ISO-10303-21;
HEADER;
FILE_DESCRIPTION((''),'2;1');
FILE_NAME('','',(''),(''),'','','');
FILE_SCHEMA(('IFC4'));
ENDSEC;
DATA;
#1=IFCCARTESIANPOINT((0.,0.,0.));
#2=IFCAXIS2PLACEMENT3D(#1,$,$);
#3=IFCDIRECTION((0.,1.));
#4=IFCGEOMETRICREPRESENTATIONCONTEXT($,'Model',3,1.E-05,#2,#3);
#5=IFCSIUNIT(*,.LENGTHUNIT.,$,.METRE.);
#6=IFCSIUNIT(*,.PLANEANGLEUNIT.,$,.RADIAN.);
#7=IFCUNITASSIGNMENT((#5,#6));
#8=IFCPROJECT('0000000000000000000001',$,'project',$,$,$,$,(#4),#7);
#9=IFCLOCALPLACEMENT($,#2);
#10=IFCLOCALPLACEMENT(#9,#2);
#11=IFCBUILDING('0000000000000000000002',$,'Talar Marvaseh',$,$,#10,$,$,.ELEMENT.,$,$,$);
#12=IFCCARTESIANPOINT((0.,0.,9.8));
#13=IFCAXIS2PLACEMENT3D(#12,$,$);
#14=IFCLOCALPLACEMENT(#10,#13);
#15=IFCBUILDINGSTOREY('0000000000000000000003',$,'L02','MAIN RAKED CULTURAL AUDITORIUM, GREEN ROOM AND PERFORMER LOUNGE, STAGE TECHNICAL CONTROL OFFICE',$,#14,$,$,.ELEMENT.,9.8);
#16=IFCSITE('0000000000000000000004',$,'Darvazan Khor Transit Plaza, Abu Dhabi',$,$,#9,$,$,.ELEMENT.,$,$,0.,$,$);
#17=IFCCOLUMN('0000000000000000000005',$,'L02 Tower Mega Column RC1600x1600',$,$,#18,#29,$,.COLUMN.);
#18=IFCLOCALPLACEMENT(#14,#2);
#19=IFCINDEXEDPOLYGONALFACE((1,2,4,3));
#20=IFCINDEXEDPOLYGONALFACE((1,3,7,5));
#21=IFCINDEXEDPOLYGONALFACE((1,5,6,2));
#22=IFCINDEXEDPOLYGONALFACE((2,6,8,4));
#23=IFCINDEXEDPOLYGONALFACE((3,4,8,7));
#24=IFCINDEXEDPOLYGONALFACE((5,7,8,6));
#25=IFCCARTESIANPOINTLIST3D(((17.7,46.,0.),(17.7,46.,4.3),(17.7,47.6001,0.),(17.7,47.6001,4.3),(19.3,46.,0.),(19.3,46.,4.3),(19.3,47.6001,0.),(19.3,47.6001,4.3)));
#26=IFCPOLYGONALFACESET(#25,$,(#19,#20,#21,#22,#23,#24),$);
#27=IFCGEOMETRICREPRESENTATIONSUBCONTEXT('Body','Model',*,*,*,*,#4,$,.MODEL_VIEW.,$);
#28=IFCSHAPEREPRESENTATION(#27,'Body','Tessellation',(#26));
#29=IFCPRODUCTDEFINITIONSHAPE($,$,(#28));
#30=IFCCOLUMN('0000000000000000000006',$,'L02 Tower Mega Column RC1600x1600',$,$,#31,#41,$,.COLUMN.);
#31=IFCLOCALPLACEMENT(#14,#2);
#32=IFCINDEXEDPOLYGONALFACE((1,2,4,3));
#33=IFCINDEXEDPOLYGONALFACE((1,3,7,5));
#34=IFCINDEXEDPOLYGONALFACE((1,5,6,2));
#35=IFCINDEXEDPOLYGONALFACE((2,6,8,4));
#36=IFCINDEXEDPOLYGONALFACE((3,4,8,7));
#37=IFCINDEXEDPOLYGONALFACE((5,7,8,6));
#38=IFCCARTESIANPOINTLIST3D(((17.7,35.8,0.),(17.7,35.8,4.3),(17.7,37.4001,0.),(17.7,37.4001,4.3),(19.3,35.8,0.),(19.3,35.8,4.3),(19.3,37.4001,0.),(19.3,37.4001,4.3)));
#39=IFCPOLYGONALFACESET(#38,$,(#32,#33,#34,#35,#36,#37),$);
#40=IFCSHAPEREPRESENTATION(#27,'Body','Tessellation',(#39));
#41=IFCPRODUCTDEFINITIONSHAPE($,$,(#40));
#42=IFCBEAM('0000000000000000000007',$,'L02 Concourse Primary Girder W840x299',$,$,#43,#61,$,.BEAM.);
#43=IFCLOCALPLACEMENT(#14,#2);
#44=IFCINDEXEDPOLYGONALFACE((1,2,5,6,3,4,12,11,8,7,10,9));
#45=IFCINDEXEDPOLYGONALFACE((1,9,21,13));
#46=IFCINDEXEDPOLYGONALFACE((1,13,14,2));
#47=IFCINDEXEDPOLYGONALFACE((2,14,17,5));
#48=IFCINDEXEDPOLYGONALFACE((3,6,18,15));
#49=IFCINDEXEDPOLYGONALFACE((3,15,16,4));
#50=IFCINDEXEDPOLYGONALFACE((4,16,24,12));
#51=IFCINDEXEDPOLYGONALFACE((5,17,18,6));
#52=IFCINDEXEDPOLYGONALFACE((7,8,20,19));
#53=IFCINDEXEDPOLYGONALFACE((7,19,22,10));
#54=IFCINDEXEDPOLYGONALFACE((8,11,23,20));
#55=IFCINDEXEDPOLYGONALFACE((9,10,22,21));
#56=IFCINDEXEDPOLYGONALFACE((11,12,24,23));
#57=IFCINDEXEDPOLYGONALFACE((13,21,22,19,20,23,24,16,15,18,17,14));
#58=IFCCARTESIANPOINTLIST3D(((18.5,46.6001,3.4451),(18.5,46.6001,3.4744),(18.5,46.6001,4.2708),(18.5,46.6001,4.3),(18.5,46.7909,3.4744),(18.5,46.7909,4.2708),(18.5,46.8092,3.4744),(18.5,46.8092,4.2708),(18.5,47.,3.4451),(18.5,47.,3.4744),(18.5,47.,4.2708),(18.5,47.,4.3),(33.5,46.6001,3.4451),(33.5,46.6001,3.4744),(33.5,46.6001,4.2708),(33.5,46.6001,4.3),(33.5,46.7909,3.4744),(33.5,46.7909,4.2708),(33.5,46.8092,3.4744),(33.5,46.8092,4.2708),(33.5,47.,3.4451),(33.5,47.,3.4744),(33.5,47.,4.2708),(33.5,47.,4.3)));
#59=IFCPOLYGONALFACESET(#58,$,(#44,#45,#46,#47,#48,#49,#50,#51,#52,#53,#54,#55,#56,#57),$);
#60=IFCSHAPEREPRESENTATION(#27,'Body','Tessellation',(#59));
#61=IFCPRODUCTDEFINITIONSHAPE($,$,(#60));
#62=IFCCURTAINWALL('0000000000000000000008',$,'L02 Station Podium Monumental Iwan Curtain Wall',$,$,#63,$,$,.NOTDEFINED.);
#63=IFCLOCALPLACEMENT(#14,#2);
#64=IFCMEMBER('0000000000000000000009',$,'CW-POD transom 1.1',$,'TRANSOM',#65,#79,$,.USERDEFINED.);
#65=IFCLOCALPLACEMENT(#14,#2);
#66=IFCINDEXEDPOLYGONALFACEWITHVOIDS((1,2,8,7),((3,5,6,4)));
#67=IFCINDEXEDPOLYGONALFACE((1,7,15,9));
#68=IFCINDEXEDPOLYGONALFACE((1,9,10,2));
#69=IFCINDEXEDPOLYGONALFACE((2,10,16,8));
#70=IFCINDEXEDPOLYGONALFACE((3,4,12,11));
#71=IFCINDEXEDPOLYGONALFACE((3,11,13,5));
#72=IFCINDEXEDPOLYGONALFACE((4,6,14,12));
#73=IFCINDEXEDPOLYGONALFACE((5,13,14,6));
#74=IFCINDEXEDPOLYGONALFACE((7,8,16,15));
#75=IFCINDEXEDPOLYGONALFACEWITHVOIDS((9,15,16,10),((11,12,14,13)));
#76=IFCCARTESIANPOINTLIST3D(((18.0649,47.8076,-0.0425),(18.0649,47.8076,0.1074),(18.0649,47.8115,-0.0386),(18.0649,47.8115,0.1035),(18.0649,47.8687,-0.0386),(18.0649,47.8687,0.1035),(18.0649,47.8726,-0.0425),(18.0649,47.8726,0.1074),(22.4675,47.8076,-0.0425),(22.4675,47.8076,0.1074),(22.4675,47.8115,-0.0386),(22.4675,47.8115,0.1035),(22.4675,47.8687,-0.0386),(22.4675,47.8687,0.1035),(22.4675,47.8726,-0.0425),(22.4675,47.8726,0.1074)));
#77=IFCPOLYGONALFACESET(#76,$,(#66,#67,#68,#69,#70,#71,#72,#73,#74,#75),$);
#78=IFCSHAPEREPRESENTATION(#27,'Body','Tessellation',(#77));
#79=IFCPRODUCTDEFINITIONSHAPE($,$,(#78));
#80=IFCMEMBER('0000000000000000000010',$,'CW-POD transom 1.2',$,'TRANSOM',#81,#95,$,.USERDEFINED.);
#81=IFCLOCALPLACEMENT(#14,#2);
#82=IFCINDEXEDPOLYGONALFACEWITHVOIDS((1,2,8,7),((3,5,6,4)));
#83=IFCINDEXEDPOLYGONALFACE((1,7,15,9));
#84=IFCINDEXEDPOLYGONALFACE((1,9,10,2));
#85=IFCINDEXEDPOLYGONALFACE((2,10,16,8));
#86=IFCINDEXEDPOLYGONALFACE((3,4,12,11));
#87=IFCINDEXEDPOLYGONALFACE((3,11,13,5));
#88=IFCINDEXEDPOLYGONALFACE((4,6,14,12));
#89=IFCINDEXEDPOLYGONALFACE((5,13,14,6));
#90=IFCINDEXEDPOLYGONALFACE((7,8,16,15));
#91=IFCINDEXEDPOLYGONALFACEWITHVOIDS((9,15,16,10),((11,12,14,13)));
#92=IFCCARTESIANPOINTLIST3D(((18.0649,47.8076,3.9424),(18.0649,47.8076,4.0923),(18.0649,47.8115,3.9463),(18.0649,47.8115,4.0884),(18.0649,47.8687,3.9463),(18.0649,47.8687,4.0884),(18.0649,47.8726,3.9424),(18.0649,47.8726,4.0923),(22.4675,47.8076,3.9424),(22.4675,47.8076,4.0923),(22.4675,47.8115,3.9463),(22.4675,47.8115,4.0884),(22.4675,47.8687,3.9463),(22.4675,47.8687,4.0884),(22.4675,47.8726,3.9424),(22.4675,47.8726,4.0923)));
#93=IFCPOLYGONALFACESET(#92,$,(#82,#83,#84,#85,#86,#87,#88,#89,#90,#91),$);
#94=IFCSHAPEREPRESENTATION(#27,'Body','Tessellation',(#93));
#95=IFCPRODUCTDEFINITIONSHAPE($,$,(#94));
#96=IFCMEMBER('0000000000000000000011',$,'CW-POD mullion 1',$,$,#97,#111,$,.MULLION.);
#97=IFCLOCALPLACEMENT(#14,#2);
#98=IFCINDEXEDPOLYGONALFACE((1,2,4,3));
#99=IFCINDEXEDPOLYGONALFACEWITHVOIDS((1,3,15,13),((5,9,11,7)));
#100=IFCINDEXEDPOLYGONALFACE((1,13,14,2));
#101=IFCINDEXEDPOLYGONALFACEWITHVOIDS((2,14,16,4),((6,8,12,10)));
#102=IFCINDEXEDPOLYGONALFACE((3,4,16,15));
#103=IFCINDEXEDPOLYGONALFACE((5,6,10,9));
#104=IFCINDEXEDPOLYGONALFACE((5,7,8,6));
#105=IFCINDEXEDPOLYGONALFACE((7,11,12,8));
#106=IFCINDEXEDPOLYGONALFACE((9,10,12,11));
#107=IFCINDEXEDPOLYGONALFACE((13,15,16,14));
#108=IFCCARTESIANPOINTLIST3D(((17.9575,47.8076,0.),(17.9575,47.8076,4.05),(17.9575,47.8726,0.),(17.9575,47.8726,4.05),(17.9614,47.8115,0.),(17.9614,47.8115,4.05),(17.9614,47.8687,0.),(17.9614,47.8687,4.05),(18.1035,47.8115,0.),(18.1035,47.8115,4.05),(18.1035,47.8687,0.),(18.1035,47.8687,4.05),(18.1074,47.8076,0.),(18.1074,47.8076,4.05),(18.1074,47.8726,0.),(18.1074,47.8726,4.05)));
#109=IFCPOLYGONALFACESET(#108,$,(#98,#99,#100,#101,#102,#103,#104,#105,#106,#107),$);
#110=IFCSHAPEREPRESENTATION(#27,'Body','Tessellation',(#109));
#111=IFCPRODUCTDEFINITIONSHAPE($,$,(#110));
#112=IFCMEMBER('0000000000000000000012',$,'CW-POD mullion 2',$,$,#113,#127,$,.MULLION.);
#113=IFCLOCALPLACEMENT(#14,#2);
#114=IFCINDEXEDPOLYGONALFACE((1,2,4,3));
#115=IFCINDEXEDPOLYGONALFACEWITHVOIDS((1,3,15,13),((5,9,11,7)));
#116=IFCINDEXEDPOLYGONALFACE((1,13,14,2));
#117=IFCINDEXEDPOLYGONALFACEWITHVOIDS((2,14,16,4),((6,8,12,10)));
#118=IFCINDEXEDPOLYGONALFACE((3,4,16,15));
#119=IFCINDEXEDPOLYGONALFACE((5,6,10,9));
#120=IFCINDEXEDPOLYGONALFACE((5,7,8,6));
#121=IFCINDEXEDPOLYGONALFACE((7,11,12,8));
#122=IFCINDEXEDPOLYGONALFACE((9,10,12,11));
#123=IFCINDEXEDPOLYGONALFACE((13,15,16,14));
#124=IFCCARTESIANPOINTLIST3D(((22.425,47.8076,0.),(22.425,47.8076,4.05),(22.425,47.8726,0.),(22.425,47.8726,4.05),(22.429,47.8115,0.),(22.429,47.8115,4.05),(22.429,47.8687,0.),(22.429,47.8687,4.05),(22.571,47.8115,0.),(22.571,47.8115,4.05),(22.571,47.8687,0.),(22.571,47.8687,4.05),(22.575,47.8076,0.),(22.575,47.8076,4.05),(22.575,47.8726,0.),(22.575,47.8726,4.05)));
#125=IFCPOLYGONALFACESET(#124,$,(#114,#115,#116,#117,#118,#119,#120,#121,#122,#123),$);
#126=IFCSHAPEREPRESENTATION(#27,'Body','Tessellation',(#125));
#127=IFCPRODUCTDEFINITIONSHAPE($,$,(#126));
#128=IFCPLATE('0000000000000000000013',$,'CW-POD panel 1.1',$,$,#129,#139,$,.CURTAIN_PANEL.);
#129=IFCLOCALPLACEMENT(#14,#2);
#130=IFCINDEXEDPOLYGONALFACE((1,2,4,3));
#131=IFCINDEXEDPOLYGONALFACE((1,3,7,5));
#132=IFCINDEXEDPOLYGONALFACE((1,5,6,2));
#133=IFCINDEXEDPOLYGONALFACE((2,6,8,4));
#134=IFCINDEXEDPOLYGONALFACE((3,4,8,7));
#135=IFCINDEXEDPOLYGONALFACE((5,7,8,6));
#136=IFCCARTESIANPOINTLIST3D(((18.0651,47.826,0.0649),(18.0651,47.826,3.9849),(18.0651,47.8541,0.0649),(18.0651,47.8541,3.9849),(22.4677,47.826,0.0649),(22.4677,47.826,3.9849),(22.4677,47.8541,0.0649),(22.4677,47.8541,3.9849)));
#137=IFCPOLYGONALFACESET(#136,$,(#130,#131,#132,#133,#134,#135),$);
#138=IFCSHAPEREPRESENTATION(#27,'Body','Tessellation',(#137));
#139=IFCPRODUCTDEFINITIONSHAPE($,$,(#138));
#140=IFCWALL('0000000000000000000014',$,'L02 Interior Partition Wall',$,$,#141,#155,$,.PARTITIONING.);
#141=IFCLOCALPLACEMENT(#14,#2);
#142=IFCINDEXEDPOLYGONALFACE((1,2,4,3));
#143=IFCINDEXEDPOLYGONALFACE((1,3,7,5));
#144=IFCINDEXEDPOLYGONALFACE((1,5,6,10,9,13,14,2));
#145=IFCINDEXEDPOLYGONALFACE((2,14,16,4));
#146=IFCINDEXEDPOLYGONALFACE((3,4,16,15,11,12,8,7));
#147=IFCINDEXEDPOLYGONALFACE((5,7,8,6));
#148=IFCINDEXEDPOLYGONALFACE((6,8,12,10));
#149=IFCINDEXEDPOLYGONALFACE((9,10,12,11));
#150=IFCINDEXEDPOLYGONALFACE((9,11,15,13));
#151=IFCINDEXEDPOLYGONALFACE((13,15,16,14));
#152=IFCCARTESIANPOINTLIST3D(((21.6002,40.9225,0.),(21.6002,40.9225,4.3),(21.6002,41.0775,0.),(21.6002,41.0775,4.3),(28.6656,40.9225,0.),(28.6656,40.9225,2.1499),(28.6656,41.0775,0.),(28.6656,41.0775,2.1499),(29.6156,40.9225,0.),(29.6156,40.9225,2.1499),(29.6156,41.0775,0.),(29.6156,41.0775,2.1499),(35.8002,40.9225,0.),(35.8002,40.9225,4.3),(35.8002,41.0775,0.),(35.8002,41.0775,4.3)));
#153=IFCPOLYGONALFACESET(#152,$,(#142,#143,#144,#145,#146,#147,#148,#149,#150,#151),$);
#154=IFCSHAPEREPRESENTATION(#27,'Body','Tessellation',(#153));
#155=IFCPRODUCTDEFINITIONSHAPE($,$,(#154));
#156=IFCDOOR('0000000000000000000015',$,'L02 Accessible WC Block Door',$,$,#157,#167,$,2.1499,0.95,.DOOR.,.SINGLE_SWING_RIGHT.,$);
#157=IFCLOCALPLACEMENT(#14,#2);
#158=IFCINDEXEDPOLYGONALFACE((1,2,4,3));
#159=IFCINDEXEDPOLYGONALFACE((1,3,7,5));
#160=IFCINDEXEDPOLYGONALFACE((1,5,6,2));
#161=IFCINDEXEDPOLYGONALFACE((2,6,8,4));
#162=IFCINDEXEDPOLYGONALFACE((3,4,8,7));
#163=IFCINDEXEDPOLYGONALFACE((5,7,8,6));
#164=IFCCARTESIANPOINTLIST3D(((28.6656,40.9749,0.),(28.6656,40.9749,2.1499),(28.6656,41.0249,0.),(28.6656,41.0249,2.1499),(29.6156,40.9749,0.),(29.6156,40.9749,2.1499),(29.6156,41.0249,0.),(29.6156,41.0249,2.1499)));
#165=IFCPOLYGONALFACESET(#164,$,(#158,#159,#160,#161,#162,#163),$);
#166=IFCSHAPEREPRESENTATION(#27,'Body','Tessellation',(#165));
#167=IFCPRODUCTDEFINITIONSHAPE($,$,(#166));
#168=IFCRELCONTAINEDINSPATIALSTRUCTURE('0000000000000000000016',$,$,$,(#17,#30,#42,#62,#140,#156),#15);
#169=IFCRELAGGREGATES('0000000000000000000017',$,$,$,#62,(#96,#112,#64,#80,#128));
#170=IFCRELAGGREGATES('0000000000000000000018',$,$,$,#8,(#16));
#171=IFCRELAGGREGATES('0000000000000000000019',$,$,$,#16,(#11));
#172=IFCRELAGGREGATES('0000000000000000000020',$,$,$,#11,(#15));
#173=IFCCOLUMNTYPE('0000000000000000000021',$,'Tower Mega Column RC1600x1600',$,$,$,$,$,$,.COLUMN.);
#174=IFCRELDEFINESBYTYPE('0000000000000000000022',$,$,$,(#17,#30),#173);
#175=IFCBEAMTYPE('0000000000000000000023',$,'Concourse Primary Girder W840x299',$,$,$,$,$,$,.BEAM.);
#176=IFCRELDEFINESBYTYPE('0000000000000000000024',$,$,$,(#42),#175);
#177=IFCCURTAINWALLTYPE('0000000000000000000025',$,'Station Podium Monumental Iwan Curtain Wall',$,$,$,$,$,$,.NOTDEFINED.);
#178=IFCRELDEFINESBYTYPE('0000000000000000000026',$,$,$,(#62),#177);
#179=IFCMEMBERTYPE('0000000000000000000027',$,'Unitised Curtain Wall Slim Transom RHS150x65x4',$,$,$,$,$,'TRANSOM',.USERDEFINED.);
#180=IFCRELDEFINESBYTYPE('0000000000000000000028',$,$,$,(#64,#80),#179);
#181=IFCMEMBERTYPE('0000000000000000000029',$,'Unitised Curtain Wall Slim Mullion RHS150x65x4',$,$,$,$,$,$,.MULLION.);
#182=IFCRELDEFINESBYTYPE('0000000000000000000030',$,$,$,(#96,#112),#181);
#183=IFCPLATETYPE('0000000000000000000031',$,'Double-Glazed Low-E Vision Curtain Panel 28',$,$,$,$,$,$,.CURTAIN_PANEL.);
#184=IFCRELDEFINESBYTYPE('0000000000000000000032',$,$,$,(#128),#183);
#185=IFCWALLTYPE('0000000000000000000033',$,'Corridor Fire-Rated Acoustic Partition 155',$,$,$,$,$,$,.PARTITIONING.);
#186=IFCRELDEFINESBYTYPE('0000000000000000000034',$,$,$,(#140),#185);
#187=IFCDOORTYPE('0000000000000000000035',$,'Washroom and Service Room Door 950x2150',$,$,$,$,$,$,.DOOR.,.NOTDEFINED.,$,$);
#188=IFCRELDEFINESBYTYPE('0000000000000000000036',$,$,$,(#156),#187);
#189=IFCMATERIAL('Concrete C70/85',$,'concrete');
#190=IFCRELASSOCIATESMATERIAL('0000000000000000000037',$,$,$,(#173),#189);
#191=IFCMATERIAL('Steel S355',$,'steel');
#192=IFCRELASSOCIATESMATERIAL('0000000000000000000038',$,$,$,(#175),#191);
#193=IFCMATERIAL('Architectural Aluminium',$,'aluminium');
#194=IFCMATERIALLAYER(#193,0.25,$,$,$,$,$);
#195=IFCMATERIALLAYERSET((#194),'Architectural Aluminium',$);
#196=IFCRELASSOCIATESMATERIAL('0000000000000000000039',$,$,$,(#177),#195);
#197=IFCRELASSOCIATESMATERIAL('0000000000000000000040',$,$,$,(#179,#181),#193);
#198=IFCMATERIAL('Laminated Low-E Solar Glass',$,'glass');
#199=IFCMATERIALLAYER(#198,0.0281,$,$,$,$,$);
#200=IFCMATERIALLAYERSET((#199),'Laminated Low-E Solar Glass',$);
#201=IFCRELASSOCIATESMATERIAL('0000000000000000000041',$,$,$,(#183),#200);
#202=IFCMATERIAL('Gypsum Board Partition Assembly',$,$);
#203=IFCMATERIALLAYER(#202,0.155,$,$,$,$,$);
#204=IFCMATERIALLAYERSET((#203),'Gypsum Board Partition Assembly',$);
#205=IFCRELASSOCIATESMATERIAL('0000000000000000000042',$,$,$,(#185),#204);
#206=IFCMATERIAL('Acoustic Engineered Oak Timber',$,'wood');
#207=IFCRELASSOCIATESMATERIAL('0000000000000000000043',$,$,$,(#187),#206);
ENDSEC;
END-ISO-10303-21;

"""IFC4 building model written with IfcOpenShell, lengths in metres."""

from ifc_helpers import new_model, si_unit, direction, frame, frame_2d, origin, origin_2d, place, context, subcontext, project, spatial, rectangle, hollow_rectangle, i_section, extrude, source, transform, mapped, material, layer, layer_set, material_profile, profile_set, type_object, type_shapes, element, fill, aggregate, save


model = new_model("IFC4")

# Units and contexts
model_context = context("Model", 3, precision=1e-05, world=origin(), true_north=direction((0.0, 1.0)))
body_context = subcontext(model_context, "Body", "Model", "MODEL_VIEW")
ifc_project = project(units=[si_unit("LENGTHUNIT", "METRE"), si_unit("PLANEANGLEUNIT", "RADIAN")], contexts=[model_context])

# Site, building, storey
site_placement = place(None, origin())
site = spatial("IfcSite", under=ifc_project, at=site_placement, Name="Darvazan Khor Transit Plaza, Abu Dhabi", CompositionType="ELEMENT", RefElevation=0.0)
building_placement = place(site_placement, origin())
building = spatial("IfcBuilding", under=site, at=building_placement, Name="Talar Marvaseh", CompositionType="ELEMENT")
storey_placement = place(building_placement, frame((0.0, 0.0, 9.8)))
storey = spatial("IfcBuildingStorey", under=building, at=storey_placement, Name="L02", Description="MAIN RAKED CULTURAL AUDITORIUM, GREEN ROOM AND PERFORMER LOUNGE, STAGE TECHNICAL CONTROL OFFICE", CompositionType="ELEMENT", Elevation=9.8)

# Columns
ifc_material_1 = material(Name="Concrete C70/85", Category="concrete")
ifc_material_profile_1 = material_profile(ifc_material_1, rectangle(XDim=1.6001, YDim=1.6001, at=origin_2d()), Name="RC1600x1600")
ifc_profile_set_1 = profile_set([ifc_material_profile_1], Name="Concrete C70/85")
column_type = type_object("IfcColumnType", Name="Tower Mega Column RC1600x1600", PredefinedType="COLUMN", material=ifc_profile_set_1)
for number, where, z_axis, x_axis, name in (
    (1, (18.5, 46.8, 0.0), (0.0, 0.0, 1.0), (1.0, 0.0, 0.0), "L02 Tower Mega Column RC1600x1600"),
    (2, (18.5, 36.6001, 0.0), (0.0, 0.0, 1.0), (1.0, 0.0, 0.0), "L02 Tower Mega Column RC1600x1600"),
):
    element("IfcColumn", number, at=place(storey_placement, frame(where, z_axis=z_axis, x_axis=x_axis)), inside=storey, type_object=column_type, Name=name, PredefinedType="COLUMN", context=body_context, shape_type="SweptSolid", body=[
        extrude(rectangle(XDim=1.6001, YDim=1.6001, at=origin_2d()), origin(), (0.0, 0.0, 1.0), 4.3),
    ])

# Beam
ifc_material_2 = material(Name="Steel S355", Category="steel")
ifc_material_profile_2 = material_profile(ifc_material_2, i_section(OverallWidth=0.3999, OverallDepth=0.855, WebThickness=0.0183, FlangeThickness=0.0293, at=origin_2d()), Name="W840x299")
ifc_profile_set_2 = profile_set([ifc_material_profile_2], Name="Steel S355")
beam_type = type_object("IfcBeamType", Name="Concourse Primary Girder W840x299", PredefinedType="BEAM", material=ifc_profile_set_2)
beam_placement = place(storey_placement, frame((18.5, 46.8, 3.8726), z_axis=(1.0, 0.0, 0.0), x_axis=(0.0, 1.0, 0.0)))
element("IfcBeam", 3, at=beam_placement, inside=storey, type_object=beam_type, Name="L02 Concourse Primary Girder W840x299", PredefinedType="BEAM", context=body_context, shape_type="SweptSolid", body=[
    extrude(i_section(OverallWidth=0.3999, OverallDepth=0.855, WebThickness=0.0183, FlangeThickness=0.0293, at=origin_2d()), origin(), (0.0, 0.0, 1.0), 15.0),
])

# Curtain wall, members, plate
ifc_material_3 = material(Name="Architectural Aluminium", Category="aluminium")
ifc_layer_1 = layer(ifc_material_3, 0.25)
ifc_layer_set_1 = layer_set([ifc_layer_1], Name="Architectural Aluminium")
curtain_wall_type = type_object("IfcCurtainWallType", Name="Station Podium Monumental Iwan Curtain Wall", PredefinedType="NOTDEFINED", material=ifc_layer_set_1)
curtain_wall_placement = place(storey_placement, origin())
curtain_wall = element("IfcCurtainWall", 4, at=curtain_wall_placement, inside=storey, type_object=curtain_wall_type, Name="L02 Station Podium Monumental Iwan Curtain Wall", PredefinedType="NOTDEFINED")
ifc_material_profile_3 = material_profile(ifc_material_3, hollow_rectangle(XDim=0.0649, YDim=0.1499, WallThickness=0.0039, at=origin_2d()), Name="RHS150x65x4")
ifc_profile_set_3 = profile_set([ifc_material_profile_3], Name="Architectural Aluminium")
member_type_1 = type_object("IfcMemberType", Name="Unitised Curtain Wall Slim Transom RHS150x65x4", ElementType="TRANSOM", PredefinedType="USERDEFINED", material=ifc_profile_set_3)
shared_shape_1 = source(origin(), body_context, "Body", "SweptSolid", [
    extrude(hollow_rectangle(XDim=0.0649, YDim=0.1499, WallThickness=0.0039, at=origin_2d()), origin(), (0.0, 0.0, 1.0), 4.4026),
])
type_shapes(member_type_1, [shared_shape_1])
member_1_placement = place(storey_placement, frame((18.0649, 47.8401, 0.0325), z_axis=(1.0, 0.0, 0.0), x_axis=(0.0, 1.0, 0.0)))
member_1 = element("IfcMember", 5, at=member_1_placement, type_object=member_type_1, Name="CW-POD transom 1.1", ObjectType="TRANSOM", PredefinedType="USERDEFINED", context=body_context, shape_type="MappedRepresentation", body=[
    mapped(shared_shape_1, transform((0.0, 0.0, 0.0), x_axis=(1.0, 0.0, 0.0), y_axis=(0.0, 1.0, 0.0), z_axis=(0.0, 0.0, 1.0), scale=1.0)),
])
member_2_placement = place(storey_placement, frame((18.0649, 47.8401, 4.0173), z_axis=(1.0, 0.0, 0.0), x_axis=(0.0, 1.0, 0.0)))
member_2 = element("IfcMember", 6, at=member_2_placement, type_object=member_type_1, Name="CW-POD transom 1.2", ObjectType="TRANSOM", PredefinedType="USERDEFINED", context=body_context, shape_type="MappedRepresentation", body=[
    mapped(shared_shape_1, transform((0.0, 0.0, 0.0), x_axis=(1.0, 0.0, 0.0), y_axis=(0.0, 1.0, 0.0), z_axis=(0.0, 0.0, 1.0), scale=1.0)),
])
ifc_material_profile_4 = material_profile(ifc_material_3, hollow_rectangle(XDim=0.0649, YDim=0.1499, WallThickness=0.0039, at=origin_2d()), Name="RHS150x65x4")
ifc_profile_set_4 = profile_set([ifc_material_profile_4], Name="Architectural Aluminium")
member_type_2 = type_object("IfcMemberType", Name="Unitised Curtain Wall Slim Mullion RHS150x65x4", PredefinedType="MULLION", material=ifc_profile_set_4)
shared_shape_2 = source(origin(), body_context, "Body", "SweptSolid", [
    extrude(hollow_rectangle(XDim=0.0649, YDim=0.1499, WallThickness=0.0039, at=origin_2d()), origin(), (0.0, 0.0, 1.0), 4.05),
])
type_shapes(member_type_2, [shared_shape_2])
member_3_placement = place(storey_placement, frame((18.0325, 47.8401, 0.0), z_axis=(0.0, 0.0, 1.0), x_axis=(0.0, 1.0, 0.0)))
member_3 = element("IfcMember", 7, at=member_3_placement, type_object=member_type_2, Name="CW-POD mullion 1", PredefinedType="MULLION", context=body_context, shape_type="MappedRepresentation", body=[
    mapped(shared_shape_2, transform((0.0, 0.0, 0.0), x_axis=(1.0, 0.0, 0.0), y_axis=(0.0, 1.0, 0.0), z_axis=(0.0, 0.0, 1.0), scale=1.0)),
])
member_4_placement = place(storey_placement, frame((22.5, 47.8401, 0.0), z_axis=(0.0, 0.0, 1.0), x_axis=(0.0, 1.0, 0.0)))
member_4 = element("IfcMember", 8, at=member_4_placement, type_object=member_type_2, Name="CW-POD mullion 2", PredefinedType="MULLION", context=body_context, shape_type="MappedRepresentation", body=[
    mapped(shared_shape_2, transform((0.0, 0.0, 0.0), x_axis=(1.0, 0.0, 0.0), y_axis=(0.0, 1.0, 0.0), z_axis=(0.0, 0.0, 1.0), scale=1.0)),
])
ifc_material_4 = material(Name="Laminated Low-E Solar Glass", Category="glass")
ifc_layer_2 = layer(ifc_material_4, 0.0281)
ifc_layer_set_2 = layer_set([ifc_layer_2], Name="Laminated Low-E Solar Glass")
plate_type = type_object("IfcPlateType", Name="Double-Glazed Low-E Vision Curtain Panel 28", PredefinedType="CURTAIN_PANEL", material=ifc_layer_set_2)
shared_shape_3 = source(origin(), body_context, "Body", "SweptSolid", [
    extrude(rectangle(XDim=4.4026, YDim=0.0281, at=origin_2d()), origin(), (0.0, 0.0, 1.0), 3.9199),
])
type_shapes(plate_type, [shared_shape_3])
plate_placement = place(storey_placement, frame((20.2664, 47.8401, 0.0649), z_axis=(0.0, 0.0, 1.0), x_axis=(1.0, 0.0, 0.0)))
plate = element("IfcPlate", 9, at=plate_placement, type_object=plate_type, Name="CW-POD panel 1.1", PredefinedType="CURTAIN_PANEL", context=body_context, shape_type="MappedRepresentation", body=[
    mapped(shared_shape_3, transform((0.0, 0.0, 0.0), x_axis=(1.0, 0.0, 0.0), y_axis=(0.0, 1.0, 0.0), z_axis=(0.0, 0.0, 1.0), scale=1.0)),
])
aggregate(curtain_wall, [member_3, member_4, member_1, member_2, plate])

# Wall, opening, door
ifc_material_5 = material(Name="Gypsum Board Partition Assembly")
ifc_layer_3 = layer(ifc_material_5, 0.155)
ifc_layer_set_3 = layer_set([ifc_layer_3], Name="Gypsum Board Partition Assembly")
wall_type_1 = type_object("IfcWallType", Name="Corridor Fire-Rated Acoustic Partition 155", PredefinedType="PARTITIONING", material=ifc_layer_set_3)
wall_1_placement = place(storey_placement, frame((21.6001, 41.0, 0.0), z_axis=(0.0, 0.0, 1.0), x_axis=(1.0, 0.0, 0.0)))
wall_1 = element("IfcWall", 10, at=wall_1_placement, inside=storey, type_object=wall_type_1, Name="L02 Interior Partition Wall", PredefinedType="PARTITIONING", context=body_context, shape_type="SweptSolid", body=[
    extrude(rectangle(XDim=14.2, YDim=0.155, at=frame_2d((7.1001, 0.0))), origin(), (0.0, 0.0, 1.0), 4.3),
])
opening_1_placement = place(wall_1_placement, frame((7.0654, 0.0, 0.0)))
opening_1 = element("IfcOpeningElement", 11, at=opening_1_placement, cuts=wall_1, PredefinedType="OPENING", context=body_context, shape_type="SweptSolid", body=[
    extrude(rectangle(XDim=0.95, YDim=2.1499, at=frame_2d((0.4751, 1.075))), frame((0.0, 0.0874, 0.0), z_axis=(0.0, -1.0, 0.0), x_axis=(1.0, 0.0, 0.0)), (0.0, 0.0, 1.0), 0.175),
])
ifc_material_6 = material(Name="Acoustic Engineered Oak Timber", Category="wood")
door_type_1 = type_object("IfcDoorType", Name="Washroom and Service Room Door 950x2150", OperationType="NOTDEFINED", PredefinedType="DOOR", material=ifc_material_6)
shared_shape_4 = source(origin(), body_context, "Body", "SweptSolid", [
    extrude(rectangle(XDim=0.95, YDim=2.1499, at=frame_2d((0.4751, 1.075))), frame((0.0, 0.0249, 0.0), z_axis=(0.0, -1.0, 0.0), x_axis=(1.0, 0.0, 0.0)), (0.0, 0.0, 1.0), 0.05),
])
type_shapes(door_type_1, [shared_shape_4])
door_1_placement = place(opening_1_placement, origin())
door_1 = element("IfcDoor", 12, at=door_1_placement, inside=storey, type_object=door_type_1, Name="L02 Accessible WC Block Door", OperationType="SINGLE_SWING_RIGHT", OverallHeight=2.1499, OverallWidth=0.95, PredefinedType="DOOR", context=body_context, shape_type="MappedRepresentation", body=[
    mapped(shared_shape_4, transform((0.0, 0.0, 0.0), x_axis=(1.0, 0.0, 0.0), y_axis=(0.0, 1.0, 0.0), z_axis=(0.0, 0.0, 1.0), scale=1.0)),
])
fill(opening_1, door_1)

save(model, "model.ifc")
